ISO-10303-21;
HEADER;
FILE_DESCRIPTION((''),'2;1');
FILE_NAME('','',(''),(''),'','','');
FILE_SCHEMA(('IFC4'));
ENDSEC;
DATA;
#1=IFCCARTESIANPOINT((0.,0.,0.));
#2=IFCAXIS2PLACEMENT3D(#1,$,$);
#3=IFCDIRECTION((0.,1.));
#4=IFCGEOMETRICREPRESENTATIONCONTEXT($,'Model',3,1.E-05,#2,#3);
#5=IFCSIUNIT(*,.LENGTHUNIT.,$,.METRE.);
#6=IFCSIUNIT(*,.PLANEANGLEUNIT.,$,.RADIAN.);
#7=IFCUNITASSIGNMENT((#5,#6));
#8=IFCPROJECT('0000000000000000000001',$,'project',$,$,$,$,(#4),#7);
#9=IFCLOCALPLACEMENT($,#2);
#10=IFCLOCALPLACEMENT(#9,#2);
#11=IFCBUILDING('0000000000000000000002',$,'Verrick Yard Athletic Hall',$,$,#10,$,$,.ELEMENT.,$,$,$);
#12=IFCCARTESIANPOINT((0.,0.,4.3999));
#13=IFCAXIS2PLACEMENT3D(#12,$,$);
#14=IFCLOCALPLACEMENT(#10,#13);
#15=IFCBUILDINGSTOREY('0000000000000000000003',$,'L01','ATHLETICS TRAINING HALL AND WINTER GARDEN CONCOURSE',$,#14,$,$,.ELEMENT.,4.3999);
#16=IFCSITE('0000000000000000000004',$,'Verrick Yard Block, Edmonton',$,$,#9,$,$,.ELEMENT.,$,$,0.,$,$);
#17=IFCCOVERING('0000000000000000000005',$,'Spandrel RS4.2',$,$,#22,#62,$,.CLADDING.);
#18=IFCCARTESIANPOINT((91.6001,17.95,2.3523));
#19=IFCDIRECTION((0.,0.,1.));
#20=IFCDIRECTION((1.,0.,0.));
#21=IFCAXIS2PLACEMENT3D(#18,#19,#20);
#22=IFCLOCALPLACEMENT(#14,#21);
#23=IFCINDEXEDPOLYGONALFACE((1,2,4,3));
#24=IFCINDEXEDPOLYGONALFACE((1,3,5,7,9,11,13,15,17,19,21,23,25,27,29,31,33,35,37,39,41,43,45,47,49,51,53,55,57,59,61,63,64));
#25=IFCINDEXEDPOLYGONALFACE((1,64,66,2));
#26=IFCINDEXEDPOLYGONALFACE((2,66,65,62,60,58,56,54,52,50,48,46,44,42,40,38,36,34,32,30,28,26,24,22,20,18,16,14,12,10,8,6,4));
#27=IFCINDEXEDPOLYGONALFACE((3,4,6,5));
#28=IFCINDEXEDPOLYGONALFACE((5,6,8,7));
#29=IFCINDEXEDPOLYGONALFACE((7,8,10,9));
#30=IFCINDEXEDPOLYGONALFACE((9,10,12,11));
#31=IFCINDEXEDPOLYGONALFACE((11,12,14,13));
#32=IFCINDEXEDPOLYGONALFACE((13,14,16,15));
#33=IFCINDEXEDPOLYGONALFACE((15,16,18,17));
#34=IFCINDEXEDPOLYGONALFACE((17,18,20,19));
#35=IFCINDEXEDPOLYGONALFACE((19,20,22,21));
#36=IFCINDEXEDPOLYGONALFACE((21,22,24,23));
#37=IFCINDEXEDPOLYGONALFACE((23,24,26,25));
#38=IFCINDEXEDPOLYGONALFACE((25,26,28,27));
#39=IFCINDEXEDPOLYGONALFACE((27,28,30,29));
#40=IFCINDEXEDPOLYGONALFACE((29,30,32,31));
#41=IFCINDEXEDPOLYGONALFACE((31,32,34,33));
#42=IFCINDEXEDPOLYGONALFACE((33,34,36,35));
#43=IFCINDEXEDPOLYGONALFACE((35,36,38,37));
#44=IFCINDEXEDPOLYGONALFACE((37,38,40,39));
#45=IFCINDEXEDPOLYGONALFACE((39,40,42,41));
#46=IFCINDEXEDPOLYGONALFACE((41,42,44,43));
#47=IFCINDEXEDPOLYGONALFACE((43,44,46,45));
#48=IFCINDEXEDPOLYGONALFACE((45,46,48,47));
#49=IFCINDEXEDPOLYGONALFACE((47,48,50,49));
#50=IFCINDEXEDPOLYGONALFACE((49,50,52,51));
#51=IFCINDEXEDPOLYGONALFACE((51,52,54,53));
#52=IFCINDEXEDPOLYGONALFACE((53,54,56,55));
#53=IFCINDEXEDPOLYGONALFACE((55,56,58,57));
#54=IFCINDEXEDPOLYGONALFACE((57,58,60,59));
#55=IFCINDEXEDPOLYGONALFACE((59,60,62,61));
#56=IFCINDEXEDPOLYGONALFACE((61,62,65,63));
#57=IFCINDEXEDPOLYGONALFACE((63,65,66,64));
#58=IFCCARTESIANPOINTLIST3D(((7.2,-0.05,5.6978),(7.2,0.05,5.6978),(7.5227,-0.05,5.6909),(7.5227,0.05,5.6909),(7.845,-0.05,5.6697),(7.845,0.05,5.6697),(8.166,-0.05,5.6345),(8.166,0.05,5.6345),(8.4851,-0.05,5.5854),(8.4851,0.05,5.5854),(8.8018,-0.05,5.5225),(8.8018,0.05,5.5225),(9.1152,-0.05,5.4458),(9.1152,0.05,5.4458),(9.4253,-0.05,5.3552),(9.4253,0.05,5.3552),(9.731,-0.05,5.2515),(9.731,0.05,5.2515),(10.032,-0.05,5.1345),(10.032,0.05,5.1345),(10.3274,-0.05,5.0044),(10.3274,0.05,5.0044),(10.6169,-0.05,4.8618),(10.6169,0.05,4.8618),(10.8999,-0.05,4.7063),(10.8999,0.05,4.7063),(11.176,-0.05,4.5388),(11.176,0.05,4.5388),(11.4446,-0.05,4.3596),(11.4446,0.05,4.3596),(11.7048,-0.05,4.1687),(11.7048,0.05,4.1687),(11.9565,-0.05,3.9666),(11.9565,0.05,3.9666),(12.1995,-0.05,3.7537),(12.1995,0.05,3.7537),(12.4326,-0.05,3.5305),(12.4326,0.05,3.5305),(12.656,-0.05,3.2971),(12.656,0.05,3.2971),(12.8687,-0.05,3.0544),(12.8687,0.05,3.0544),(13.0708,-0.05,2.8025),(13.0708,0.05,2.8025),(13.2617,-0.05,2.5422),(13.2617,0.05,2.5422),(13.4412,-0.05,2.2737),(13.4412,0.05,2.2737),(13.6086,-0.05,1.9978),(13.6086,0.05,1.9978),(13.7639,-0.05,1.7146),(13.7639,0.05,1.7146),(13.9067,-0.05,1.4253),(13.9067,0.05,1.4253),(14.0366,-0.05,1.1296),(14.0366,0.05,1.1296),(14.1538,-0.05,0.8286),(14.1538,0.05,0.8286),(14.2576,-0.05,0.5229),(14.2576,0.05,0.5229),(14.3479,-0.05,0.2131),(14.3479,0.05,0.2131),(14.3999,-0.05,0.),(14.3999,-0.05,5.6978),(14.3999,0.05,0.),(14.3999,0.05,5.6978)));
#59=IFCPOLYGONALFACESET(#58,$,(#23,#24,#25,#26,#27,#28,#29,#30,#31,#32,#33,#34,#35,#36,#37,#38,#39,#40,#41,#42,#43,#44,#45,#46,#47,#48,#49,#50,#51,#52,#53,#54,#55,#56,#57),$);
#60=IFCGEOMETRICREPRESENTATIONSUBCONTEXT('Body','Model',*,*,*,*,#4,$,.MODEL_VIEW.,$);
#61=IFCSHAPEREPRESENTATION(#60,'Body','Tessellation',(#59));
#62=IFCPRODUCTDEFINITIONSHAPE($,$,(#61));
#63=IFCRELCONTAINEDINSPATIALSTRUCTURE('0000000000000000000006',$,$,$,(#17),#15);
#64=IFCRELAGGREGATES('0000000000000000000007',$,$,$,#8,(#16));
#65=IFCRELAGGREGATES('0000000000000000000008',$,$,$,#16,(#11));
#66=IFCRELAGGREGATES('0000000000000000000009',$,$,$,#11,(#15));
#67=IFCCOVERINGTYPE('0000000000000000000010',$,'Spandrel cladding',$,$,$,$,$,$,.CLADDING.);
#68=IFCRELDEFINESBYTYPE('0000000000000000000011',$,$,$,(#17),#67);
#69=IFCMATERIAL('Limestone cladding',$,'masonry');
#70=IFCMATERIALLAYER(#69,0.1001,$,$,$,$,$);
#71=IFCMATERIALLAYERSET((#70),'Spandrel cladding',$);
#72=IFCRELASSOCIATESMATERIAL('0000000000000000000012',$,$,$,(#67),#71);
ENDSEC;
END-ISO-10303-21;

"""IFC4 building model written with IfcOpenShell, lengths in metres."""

from ifc_helpers import new_model, si_unit, direction, frame, origin, place, context, subcontext, project, spatial, polyline, outline, extrude, material, layer, layer_set, type_object, element, save


model = new_model("IFC4")

# Units and contexts
model_context = context("Model", 3, precision=1e-05, world=origin(), true_north=direction((0.0, 1.0)))
body_context = subcontext(model_context, "Body", "Model", "MODEL_VIEW")
ifc_project = project(units=[si_unit("LENGTHUNIT", "METRE"), si_unit("PLANEANGLEUNIT", "RADIAN")], contexts=[model_context])

# Site, building, storey
site_placement = place(None, origin())
site = spatial("IfcSite", under=ifc_project, at=site_placement, Name="Verrick Yard Block, Edmonton", CompositionType="ELEMENT", RefElevation=0.0)
building_placement = place(site_placement, origin())
building = spatial("IfcBuilding", under=site, at=building_placement, Name="Verrick Yard Athletic Hall", CompositionType="ELEMENT")
storey_placement = place(building_placement, frame((0.0, 0.0, 4.3999)))
storey = spatial("IfcBuildingStorey", under=building, at=storey_placement, Name="L01", Description="ATHLETICS TRAINING HALL AND WINTER GARDEN CONCOURSE", CompositionType="ELEMENT", Elevation=4.3999)

# Covering
ifc_material_1 = material(Name="Limestone cladding", Category="masonry")
ifc_layer_1 = layer(ifc_material_1, 0.1001)
ifc_layer_set_1 = layer_set([ifc_layer_1], Name="Spandrel cladding")
covering_type_1 = type_object("IfcCoveringType", Name="Spandrel cladding", PredefinedType="CLADDING", material=ifc_layer_set_1)
covering_1_placement = place(storey_placement, frame((91.6001, 17.95, 2.3523), z_axis=(0.0, 0.0, 1.0), x_axis=(1.0, 0.0, 0.0)))
element("IfcCovering", 1, at=covering_1_placement, inside=storey, type_object=covering_type_1, Name="Spandrel RS4.2", PredefinedType="CLADDING", context=body_context, shape_type="SweptSolid", body=[
    extrude(outline(polyline([(7.2, 5.6978), (7.5227, 5.6909), (7.845, 5.6697), (8.166, 5.6345), (8.4851, 5.5854), (8.8018, 5.5225), (9.1152, 5.4458), (9.4253, 5.3552), (9.731, 5.2515), (10.032, 5.1345), (10.3274, 5.0044), (10.6169, 4.8618), (10.8999, 4.7063), (11.176, 4.5388), (11.4446, 4.3596), (11.7048, 4.1687), (11.9565, 3.9666), (12.1995, 3.7537), (12.4326, 3.5305), (12.656, 3.2971), (12.8687, 3.0544), (13.0708, 2.8025), (13.2617, 2.5422), (13.4412, 2.2737), (13.6086, 1.9978), (13.7639, 1.7146), (13.9067, 1.4253), (14.0366, 1.1296), (14.1538, 0.8286), (14.2576, 0.5229), (14.3479, 0.2131), (14.3999, 0.0), (14.3999, 5.6978), (7.2, 5.6978)])), frame((0.0, 0.05, 0.0), z_axis=(0.0, -1.0, 0.0), x_axis=(1.0, 0.0, 0.0)), (0.0, 0.0, 1.0), 0.1001),
])

save(model, "model.ifc")
